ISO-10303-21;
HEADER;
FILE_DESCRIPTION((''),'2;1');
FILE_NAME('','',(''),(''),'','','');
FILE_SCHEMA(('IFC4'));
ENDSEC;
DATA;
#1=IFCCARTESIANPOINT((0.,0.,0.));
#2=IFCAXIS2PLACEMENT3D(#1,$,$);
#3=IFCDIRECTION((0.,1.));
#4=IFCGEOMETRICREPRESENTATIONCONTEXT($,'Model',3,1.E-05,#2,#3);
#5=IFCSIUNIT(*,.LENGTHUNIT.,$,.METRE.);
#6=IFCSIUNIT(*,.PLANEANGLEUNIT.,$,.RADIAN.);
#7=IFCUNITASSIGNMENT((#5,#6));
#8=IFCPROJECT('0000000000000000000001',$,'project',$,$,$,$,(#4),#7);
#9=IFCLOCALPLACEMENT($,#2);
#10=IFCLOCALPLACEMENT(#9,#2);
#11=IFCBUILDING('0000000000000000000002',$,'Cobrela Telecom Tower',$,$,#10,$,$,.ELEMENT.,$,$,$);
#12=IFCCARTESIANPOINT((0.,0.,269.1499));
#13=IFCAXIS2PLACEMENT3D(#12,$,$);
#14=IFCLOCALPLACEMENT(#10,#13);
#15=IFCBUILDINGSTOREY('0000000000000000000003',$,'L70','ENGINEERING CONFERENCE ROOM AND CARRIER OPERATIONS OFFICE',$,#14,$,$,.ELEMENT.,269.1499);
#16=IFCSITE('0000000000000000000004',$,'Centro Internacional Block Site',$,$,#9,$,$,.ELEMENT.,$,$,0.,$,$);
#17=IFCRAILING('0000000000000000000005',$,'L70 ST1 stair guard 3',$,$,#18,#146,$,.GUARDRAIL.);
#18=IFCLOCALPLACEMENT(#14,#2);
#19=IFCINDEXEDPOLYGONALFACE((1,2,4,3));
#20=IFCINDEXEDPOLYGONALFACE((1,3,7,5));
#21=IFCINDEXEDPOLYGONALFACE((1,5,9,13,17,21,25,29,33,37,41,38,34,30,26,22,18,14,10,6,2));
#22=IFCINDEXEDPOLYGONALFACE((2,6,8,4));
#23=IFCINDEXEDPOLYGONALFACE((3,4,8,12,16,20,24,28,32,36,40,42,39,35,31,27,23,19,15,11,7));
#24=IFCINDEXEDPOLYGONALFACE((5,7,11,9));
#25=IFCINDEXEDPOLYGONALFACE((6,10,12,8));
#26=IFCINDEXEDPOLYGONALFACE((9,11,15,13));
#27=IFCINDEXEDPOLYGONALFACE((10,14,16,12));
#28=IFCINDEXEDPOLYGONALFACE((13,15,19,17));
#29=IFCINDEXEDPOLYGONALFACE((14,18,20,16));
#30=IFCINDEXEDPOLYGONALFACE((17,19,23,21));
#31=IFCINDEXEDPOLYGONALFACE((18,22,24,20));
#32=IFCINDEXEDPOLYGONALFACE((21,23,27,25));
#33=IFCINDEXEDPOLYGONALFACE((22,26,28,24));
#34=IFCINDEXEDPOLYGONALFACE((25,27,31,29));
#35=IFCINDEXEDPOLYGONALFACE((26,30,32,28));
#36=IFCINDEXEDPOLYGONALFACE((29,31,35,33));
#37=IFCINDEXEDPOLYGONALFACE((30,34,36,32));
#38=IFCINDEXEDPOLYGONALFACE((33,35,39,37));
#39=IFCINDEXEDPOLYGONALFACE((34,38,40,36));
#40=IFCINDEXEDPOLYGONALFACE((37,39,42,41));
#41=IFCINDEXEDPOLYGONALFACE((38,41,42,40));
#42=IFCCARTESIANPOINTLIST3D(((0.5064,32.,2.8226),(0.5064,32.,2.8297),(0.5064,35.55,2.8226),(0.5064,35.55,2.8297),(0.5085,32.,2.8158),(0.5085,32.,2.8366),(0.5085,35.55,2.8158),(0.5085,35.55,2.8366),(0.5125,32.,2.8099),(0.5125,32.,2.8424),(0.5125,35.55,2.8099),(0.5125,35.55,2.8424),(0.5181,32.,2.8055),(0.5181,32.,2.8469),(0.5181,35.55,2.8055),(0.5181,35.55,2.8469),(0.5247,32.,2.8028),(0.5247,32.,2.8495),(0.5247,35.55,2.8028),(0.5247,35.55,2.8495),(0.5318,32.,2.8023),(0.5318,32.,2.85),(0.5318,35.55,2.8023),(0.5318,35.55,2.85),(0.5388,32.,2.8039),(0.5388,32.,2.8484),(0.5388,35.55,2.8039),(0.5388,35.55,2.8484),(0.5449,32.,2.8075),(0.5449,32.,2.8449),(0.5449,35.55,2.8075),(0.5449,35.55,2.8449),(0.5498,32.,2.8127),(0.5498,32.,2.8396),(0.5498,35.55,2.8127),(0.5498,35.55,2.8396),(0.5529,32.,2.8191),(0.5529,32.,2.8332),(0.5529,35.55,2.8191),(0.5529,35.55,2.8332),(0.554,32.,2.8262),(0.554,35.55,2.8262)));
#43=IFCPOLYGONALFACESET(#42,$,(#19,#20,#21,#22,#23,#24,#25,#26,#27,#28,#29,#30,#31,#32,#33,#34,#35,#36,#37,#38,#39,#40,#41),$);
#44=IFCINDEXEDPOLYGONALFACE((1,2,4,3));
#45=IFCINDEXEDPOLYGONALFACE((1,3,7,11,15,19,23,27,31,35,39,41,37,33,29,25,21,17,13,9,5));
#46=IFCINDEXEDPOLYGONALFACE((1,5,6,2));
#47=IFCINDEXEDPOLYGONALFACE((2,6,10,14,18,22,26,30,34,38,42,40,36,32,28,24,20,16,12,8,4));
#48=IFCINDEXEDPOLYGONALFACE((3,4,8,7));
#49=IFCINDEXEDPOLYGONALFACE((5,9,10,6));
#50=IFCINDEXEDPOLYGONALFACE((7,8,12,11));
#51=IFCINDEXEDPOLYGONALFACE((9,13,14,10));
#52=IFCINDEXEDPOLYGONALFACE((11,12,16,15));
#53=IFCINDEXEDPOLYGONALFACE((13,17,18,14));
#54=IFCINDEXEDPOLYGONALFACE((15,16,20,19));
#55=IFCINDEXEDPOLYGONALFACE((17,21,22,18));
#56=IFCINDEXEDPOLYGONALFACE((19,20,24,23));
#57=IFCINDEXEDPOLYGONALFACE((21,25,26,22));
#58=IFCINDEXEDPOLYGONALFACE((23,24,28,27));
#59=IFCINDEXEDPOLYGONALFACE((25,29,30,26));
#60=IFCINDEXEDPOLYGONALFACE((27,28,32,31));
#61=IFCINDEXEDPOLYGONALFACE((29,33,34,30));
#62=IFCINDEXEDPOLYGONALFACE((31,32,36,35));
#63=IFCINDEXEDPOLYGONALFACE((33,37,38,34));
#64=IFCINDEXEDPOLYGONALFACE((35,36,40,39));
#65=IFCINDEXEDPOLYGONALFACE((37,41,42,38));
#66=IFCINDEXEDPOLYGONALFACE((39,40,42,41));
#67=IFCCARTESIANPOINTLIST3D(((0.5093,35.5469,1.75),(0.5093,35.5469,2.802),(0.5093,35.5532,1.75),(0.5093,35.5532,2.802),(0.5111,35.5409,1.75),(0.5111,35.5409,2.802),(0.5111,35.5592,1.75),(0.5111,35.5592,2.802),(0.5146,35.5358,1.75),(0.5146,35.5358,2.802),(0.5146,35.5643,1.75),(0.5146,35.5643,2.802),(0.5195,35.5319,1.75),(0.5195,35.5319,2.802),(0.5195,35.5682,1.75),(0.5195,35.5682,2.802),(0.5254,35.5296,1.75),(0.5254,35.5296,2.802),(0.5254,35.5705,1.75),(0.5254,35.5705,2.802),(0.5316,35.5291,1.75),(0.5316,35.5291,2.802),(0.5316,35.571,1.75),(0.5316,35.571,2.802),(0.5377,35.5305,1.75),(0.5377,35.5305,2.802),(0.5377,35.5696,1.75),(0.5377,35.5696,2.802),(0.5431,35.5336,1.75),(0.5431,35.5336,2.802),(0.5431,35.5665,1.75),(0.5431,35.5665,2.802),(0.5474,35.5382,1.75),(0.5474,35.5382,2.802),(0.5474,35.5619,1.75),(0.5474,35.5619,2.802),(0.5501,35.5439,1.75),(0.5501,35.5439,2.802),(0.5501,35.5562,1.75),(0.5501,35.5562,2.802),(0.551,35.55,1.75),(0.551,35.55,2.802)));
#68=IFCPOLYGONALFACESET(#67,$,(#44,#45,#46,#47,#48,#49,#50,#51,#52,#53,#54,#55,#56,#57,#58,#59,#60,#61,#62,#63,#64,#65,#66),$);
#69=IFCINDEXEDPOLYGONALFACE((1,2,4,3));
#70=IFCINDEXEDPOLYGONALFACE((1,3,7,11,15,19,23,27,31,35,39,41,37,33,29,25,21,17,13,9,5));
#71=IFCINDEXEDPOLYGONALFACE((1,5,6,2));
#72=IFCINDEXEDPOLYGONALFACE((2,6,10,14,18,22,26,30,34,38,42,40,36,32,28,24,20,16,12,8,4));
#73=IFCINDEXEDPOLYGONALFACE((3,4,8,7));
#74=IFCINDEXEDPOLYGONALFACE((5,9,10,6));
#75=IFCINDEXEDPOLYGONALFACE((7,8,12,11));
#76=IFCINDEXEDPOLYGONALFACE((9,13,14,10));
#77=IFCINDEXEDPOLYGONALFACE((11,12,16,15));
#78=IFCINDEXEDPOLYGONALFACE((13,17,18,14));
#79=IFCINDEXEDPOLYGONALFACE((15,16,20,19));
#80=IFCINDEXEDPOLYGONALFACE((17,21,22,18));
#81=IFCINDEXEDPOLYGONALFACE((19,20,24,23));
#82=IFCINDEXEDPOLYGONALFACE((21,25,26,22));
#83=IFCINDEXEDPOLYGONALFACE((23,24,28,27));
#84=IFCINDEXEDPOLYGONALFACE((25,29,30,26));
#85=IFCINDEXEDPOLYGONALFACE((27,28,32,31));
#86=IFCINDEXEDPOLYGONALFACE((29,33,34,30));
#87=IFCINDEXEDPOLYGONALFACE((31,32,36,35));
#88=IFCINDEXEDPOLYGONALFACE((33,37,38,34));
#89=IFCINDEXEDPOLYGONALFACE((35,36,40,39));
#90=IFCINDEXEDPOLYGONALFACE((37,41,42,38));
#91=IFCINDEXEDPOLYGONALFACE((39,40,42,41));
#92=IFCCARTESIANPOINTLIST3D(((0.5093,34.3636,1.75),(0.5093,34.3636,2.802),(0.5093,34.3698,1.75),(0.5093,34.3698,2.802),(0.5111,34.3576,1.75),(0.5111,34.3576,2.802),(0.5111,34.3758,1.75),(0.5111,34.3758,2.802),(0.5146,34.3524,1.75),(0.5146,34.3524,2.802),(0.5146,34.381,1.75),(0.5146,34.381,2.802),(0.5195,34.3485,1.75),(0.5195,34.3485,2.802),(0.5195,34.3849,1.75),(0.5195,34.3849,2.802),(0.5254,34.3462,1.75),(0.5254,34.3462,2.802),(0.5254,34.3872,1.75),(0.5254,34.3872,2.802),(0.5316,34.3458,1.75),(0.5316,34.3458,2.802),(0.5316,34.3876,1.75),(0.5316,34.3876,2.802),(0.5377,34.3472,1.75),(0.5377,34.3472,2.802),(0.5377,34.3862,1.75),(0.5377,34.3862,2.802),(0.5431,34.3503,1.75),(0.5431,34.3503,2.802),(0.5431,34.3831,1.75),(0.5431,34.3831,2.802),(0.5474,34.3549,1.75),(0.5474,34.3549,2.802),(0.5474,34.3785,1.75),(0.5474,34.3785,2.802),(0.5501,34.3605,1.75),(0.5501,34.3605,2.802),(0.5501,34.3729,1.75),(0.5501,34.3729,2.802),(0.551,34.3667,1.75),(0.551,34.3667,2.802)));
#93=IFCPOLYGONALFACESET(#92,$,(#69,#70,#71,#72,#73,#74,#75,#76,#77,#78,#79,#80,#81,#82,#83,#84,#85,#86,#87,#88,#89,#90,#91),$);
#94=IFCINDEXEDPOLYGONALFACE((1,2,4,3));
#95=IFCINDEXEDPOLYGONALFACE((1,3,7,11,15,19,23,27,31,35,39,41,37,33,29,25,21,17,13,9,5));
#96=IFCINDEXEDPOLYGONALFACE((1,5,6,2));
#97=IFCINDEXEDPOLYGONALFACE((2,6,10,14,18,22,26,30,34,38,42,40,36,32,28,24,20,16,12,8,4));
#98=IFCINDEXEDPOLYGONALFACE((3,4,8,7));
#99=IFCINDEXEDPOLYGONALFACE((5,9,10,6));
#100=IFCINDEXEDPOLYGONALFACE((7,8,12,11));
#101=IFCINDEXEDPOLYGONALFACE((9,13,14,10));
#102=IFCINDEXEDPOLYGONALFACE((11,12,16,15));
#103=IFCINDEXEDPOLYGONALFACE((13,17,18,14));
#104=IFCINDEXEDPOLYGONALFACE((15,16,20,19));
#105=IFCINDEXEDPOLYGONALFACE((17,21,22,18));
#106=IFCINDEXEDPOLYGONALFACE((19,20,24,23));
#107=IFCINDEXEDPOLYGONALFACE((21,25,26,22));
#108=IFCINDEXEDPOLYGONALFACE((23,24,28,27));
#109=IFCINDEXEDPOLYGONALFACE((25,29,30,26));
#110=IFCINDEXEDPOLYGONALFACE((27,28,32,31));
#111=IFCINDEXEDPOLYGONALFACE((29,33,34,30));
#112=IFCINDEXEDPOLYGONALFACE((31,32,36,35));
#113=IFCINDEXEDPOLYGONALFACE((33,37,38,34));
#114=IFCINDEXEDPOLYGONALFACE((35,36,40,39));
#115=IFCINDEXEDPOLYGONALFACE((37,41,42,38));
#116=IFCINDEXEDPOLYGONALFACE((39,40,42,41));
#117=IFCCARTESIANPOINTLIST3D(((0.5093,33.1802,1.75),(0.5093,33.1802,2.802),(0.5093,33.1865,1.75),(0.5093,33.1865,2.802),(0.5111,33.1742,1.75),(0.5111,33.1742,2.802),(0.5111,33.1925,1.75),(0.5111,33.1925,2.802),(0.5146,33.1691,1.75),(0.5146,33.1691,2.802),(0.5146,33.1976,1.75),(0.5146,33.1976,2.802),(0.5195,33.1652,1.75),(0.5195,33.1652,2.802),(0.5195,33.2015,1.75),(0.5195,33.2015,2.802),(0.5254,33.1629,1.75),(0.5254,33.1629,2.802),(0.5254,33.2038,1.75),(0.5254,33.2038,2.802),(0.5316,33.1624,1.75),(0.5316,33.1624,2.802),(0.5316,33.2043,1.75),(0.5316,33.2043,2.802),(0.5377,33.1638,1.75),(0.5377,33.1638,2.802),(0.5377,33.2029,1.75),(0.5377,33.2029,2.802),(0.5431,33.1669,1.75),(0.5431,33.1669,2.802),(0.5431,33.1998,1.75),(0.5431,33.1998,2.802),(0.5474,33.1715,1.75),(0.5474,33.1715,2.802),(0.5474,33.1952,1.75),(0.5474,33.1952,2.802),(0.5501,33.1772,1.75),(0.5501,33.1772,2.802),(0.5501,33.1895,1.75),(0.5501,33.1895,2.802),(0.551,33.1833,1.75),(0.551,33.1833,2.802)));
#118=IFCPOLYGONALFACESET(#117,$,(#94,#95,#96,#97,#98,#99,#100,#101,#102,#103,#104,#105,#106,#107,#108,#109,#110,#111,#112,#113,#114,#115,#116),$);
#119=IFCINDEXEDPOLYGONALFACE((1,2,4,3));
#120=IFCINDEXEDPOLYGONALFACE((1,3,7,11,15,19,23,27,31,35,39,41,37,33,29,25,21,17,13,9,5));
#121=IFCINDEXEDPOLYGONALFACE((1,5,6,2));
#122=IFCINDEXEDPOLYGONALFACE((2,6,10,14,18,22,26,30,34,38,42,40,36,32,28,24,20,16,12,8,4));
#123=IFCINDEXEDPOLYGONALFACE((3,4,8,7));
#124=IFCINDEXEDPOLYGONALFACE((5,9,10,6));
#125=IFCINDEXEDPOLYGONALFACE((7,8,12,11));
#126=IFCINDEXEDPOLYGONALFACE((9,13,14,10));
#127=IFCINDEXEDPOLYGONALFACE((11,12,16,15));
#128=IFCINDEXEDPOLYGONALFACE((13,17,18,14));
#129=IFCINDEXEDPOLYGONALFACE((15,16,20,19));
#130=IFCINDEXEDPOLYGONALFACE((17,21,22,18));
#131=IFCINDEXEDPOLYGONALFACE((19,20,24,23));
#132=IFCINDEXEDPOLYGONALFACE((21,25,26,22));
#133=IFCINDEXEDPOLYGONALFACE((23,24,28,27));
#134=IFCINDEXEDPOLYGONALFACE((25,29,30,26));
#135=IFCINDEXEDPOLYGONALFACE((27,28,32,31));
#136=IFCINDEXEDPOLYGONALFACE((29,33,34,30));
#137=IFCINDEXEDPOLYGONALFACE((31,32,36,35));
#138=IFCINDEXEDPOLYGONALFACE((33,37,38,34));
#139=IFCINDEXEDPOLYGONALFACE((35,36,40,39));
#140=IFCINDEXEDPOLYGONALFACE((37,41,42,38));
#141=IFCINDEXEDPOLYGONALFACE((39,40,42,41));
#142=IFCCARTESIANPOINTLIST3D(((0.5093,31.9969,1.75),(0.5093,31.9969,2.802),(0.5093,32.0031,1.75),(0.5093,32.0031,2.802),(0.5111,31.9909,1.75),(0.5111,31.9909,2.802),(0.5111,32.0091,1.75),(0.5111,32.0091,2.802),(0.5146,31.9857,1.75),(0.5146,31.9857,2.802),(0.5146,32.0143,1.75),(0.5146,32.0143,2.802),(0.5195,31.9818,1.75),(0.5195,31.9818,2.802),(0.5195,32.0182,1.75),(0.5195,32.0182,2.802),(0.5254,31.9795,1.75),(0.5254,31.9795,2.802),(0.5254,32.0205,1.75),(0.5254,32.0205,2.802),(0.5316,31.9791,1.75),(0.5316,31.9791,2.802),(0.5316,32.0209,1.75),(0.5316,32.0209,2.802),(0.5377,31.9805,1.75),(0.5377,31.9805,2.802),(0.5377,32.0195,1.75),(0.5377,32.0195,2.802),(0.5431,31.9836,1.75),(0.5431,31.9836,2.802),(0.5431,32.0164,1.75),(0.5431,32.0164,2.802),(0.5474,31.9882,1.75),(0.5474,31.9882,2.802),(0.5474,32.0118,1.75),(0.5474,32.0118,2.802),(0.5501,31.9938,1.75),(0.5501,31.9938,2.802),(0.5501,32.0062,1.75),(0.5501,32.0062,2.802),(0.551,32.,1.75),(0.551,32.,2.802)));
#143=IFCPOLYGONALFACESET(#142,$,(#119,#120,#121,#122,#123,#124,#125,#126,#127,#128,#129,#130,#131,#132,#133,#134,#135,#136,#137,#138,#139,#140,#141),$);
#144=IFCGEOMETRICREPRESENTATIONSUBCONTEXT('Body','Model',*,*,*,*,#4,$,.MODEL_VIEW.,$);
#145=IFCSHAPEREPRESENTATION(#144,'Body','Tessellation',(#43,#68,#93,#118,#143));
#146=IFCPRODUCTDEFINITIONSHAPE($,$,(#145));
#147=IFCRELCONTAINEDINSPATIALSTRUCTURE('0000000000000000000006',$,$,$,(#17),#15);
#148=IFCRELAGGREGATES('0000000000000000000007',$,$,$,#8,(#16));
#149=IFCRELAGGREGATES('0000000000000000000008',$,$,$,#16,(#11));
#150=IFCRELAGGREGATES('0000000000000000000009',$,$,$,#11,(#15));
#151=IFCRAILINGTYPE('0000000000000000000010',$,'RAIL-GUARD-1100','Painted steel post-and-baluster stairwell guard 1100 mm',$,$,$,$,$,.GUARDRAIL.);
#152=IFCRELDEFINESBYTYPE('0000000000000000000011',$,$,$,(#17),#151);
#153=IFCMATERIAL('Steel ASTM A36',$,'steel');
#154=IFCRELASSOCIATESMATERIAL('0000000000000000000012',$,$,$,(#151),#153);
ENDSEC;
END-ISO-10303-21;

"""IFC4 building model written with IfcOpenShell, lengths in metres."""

from ifc_helpers import new_model, si_unit, direction, frame, origin, origin_2d, place, context, subcontext, project, spatial, circle, extrude, material, type_object, element, save


model = new_model("IFC4")

# Units and contexts
model_context = context("Model", 3, precision=1e-05, world=origin(), true_north=direction((0.0, 1.0)))
body_context = subcontext(model_context, "Body", "Model", "MODEL_VIEW")
ifc_project = project(units=[si_unit("LENGTHUNIT", "METRE"), si_unit("PLANEANGLEUNIT", "RADIAN")], contexts=[model_context])

# Site, building, storey
site_placement = place(None, origin())
site = spatial("IfcSite", under=ifc_project, at=site_placement, Name="Centro Internacional Block Site", CompositionType="ELEMENT", RefElevation=0.0)
building_placement = place(site_placement, origin())
building = spatial("IfcBuilding", under=site, at=building_placement, Name="Cobrela Telecom Tower", CompositionType="ELEMENT")
storey_placement = place(building_placement, frame((0.0, 0.0, 269.1499)))
storey = spatial("IfcBuildingStorey", under=building, at=storey_placement, Name="L70", Description="ENGINEERING CONFERENCE ROOM AND CARRIER OPERATIONS OFFICE", CompositionType="ELEMENT", Elevation=269.1499)

# Shared definitions
ifc_material_1 = material(Name="Steel ASTM A36", Category="steel")

# Railing
railing_type_1 = type_object("IfcRailingType", Name="RAIL-GUARD-1100", Description="Painted steel post-and-baluster stairwell guard 1100 mm", PredefinedType="GUARDRAIL", material=ifc_material_1)
railing_1_placement = place(storey_placement, frame((0.53, 35.55, 1.75)))
element("IfcRailing", 1, at=railing_1_placement, inside=storey, type_object=railing_type_1, Name="L70 ST1 stair guard 3", PredefinedType="GUARDRAIL", context=body_context, shape_type="SweptSolid", body=[
    extrude(circle(Radius=0.0239, at=origin_2d()), frame((0.0, 0.0, 1.0762), z_axis=(0.0, -1.0, 0.0), x_axis=(1.0, 0.0, 0.0)), (0.0, 0.0, 1.0), 3.55),
    extrude(circle(Radius=0.021, at=origin_2d()), origin(), (0.0, 0.0, 1.0), 1.052),
    extrude(circle(Radius=0.021, at=origin_2d()), frame((0.0, -1.1833, 0.0)), (0.0, 0.0, 1.0), 1.052),
    extrude(circle(Radius=0.021, at=origin_2d()), frame((0.0, -2.3667, 0.0)), (0.0, 0.0, 1.0), 1.052),
    extrude(circle(Radius=0.021, at=origin_2d()), frame((0.0, -3.55, 0.0)), (0.0, 0.0, 1.0), 1.052),
])

save(model, "model.ifc")
